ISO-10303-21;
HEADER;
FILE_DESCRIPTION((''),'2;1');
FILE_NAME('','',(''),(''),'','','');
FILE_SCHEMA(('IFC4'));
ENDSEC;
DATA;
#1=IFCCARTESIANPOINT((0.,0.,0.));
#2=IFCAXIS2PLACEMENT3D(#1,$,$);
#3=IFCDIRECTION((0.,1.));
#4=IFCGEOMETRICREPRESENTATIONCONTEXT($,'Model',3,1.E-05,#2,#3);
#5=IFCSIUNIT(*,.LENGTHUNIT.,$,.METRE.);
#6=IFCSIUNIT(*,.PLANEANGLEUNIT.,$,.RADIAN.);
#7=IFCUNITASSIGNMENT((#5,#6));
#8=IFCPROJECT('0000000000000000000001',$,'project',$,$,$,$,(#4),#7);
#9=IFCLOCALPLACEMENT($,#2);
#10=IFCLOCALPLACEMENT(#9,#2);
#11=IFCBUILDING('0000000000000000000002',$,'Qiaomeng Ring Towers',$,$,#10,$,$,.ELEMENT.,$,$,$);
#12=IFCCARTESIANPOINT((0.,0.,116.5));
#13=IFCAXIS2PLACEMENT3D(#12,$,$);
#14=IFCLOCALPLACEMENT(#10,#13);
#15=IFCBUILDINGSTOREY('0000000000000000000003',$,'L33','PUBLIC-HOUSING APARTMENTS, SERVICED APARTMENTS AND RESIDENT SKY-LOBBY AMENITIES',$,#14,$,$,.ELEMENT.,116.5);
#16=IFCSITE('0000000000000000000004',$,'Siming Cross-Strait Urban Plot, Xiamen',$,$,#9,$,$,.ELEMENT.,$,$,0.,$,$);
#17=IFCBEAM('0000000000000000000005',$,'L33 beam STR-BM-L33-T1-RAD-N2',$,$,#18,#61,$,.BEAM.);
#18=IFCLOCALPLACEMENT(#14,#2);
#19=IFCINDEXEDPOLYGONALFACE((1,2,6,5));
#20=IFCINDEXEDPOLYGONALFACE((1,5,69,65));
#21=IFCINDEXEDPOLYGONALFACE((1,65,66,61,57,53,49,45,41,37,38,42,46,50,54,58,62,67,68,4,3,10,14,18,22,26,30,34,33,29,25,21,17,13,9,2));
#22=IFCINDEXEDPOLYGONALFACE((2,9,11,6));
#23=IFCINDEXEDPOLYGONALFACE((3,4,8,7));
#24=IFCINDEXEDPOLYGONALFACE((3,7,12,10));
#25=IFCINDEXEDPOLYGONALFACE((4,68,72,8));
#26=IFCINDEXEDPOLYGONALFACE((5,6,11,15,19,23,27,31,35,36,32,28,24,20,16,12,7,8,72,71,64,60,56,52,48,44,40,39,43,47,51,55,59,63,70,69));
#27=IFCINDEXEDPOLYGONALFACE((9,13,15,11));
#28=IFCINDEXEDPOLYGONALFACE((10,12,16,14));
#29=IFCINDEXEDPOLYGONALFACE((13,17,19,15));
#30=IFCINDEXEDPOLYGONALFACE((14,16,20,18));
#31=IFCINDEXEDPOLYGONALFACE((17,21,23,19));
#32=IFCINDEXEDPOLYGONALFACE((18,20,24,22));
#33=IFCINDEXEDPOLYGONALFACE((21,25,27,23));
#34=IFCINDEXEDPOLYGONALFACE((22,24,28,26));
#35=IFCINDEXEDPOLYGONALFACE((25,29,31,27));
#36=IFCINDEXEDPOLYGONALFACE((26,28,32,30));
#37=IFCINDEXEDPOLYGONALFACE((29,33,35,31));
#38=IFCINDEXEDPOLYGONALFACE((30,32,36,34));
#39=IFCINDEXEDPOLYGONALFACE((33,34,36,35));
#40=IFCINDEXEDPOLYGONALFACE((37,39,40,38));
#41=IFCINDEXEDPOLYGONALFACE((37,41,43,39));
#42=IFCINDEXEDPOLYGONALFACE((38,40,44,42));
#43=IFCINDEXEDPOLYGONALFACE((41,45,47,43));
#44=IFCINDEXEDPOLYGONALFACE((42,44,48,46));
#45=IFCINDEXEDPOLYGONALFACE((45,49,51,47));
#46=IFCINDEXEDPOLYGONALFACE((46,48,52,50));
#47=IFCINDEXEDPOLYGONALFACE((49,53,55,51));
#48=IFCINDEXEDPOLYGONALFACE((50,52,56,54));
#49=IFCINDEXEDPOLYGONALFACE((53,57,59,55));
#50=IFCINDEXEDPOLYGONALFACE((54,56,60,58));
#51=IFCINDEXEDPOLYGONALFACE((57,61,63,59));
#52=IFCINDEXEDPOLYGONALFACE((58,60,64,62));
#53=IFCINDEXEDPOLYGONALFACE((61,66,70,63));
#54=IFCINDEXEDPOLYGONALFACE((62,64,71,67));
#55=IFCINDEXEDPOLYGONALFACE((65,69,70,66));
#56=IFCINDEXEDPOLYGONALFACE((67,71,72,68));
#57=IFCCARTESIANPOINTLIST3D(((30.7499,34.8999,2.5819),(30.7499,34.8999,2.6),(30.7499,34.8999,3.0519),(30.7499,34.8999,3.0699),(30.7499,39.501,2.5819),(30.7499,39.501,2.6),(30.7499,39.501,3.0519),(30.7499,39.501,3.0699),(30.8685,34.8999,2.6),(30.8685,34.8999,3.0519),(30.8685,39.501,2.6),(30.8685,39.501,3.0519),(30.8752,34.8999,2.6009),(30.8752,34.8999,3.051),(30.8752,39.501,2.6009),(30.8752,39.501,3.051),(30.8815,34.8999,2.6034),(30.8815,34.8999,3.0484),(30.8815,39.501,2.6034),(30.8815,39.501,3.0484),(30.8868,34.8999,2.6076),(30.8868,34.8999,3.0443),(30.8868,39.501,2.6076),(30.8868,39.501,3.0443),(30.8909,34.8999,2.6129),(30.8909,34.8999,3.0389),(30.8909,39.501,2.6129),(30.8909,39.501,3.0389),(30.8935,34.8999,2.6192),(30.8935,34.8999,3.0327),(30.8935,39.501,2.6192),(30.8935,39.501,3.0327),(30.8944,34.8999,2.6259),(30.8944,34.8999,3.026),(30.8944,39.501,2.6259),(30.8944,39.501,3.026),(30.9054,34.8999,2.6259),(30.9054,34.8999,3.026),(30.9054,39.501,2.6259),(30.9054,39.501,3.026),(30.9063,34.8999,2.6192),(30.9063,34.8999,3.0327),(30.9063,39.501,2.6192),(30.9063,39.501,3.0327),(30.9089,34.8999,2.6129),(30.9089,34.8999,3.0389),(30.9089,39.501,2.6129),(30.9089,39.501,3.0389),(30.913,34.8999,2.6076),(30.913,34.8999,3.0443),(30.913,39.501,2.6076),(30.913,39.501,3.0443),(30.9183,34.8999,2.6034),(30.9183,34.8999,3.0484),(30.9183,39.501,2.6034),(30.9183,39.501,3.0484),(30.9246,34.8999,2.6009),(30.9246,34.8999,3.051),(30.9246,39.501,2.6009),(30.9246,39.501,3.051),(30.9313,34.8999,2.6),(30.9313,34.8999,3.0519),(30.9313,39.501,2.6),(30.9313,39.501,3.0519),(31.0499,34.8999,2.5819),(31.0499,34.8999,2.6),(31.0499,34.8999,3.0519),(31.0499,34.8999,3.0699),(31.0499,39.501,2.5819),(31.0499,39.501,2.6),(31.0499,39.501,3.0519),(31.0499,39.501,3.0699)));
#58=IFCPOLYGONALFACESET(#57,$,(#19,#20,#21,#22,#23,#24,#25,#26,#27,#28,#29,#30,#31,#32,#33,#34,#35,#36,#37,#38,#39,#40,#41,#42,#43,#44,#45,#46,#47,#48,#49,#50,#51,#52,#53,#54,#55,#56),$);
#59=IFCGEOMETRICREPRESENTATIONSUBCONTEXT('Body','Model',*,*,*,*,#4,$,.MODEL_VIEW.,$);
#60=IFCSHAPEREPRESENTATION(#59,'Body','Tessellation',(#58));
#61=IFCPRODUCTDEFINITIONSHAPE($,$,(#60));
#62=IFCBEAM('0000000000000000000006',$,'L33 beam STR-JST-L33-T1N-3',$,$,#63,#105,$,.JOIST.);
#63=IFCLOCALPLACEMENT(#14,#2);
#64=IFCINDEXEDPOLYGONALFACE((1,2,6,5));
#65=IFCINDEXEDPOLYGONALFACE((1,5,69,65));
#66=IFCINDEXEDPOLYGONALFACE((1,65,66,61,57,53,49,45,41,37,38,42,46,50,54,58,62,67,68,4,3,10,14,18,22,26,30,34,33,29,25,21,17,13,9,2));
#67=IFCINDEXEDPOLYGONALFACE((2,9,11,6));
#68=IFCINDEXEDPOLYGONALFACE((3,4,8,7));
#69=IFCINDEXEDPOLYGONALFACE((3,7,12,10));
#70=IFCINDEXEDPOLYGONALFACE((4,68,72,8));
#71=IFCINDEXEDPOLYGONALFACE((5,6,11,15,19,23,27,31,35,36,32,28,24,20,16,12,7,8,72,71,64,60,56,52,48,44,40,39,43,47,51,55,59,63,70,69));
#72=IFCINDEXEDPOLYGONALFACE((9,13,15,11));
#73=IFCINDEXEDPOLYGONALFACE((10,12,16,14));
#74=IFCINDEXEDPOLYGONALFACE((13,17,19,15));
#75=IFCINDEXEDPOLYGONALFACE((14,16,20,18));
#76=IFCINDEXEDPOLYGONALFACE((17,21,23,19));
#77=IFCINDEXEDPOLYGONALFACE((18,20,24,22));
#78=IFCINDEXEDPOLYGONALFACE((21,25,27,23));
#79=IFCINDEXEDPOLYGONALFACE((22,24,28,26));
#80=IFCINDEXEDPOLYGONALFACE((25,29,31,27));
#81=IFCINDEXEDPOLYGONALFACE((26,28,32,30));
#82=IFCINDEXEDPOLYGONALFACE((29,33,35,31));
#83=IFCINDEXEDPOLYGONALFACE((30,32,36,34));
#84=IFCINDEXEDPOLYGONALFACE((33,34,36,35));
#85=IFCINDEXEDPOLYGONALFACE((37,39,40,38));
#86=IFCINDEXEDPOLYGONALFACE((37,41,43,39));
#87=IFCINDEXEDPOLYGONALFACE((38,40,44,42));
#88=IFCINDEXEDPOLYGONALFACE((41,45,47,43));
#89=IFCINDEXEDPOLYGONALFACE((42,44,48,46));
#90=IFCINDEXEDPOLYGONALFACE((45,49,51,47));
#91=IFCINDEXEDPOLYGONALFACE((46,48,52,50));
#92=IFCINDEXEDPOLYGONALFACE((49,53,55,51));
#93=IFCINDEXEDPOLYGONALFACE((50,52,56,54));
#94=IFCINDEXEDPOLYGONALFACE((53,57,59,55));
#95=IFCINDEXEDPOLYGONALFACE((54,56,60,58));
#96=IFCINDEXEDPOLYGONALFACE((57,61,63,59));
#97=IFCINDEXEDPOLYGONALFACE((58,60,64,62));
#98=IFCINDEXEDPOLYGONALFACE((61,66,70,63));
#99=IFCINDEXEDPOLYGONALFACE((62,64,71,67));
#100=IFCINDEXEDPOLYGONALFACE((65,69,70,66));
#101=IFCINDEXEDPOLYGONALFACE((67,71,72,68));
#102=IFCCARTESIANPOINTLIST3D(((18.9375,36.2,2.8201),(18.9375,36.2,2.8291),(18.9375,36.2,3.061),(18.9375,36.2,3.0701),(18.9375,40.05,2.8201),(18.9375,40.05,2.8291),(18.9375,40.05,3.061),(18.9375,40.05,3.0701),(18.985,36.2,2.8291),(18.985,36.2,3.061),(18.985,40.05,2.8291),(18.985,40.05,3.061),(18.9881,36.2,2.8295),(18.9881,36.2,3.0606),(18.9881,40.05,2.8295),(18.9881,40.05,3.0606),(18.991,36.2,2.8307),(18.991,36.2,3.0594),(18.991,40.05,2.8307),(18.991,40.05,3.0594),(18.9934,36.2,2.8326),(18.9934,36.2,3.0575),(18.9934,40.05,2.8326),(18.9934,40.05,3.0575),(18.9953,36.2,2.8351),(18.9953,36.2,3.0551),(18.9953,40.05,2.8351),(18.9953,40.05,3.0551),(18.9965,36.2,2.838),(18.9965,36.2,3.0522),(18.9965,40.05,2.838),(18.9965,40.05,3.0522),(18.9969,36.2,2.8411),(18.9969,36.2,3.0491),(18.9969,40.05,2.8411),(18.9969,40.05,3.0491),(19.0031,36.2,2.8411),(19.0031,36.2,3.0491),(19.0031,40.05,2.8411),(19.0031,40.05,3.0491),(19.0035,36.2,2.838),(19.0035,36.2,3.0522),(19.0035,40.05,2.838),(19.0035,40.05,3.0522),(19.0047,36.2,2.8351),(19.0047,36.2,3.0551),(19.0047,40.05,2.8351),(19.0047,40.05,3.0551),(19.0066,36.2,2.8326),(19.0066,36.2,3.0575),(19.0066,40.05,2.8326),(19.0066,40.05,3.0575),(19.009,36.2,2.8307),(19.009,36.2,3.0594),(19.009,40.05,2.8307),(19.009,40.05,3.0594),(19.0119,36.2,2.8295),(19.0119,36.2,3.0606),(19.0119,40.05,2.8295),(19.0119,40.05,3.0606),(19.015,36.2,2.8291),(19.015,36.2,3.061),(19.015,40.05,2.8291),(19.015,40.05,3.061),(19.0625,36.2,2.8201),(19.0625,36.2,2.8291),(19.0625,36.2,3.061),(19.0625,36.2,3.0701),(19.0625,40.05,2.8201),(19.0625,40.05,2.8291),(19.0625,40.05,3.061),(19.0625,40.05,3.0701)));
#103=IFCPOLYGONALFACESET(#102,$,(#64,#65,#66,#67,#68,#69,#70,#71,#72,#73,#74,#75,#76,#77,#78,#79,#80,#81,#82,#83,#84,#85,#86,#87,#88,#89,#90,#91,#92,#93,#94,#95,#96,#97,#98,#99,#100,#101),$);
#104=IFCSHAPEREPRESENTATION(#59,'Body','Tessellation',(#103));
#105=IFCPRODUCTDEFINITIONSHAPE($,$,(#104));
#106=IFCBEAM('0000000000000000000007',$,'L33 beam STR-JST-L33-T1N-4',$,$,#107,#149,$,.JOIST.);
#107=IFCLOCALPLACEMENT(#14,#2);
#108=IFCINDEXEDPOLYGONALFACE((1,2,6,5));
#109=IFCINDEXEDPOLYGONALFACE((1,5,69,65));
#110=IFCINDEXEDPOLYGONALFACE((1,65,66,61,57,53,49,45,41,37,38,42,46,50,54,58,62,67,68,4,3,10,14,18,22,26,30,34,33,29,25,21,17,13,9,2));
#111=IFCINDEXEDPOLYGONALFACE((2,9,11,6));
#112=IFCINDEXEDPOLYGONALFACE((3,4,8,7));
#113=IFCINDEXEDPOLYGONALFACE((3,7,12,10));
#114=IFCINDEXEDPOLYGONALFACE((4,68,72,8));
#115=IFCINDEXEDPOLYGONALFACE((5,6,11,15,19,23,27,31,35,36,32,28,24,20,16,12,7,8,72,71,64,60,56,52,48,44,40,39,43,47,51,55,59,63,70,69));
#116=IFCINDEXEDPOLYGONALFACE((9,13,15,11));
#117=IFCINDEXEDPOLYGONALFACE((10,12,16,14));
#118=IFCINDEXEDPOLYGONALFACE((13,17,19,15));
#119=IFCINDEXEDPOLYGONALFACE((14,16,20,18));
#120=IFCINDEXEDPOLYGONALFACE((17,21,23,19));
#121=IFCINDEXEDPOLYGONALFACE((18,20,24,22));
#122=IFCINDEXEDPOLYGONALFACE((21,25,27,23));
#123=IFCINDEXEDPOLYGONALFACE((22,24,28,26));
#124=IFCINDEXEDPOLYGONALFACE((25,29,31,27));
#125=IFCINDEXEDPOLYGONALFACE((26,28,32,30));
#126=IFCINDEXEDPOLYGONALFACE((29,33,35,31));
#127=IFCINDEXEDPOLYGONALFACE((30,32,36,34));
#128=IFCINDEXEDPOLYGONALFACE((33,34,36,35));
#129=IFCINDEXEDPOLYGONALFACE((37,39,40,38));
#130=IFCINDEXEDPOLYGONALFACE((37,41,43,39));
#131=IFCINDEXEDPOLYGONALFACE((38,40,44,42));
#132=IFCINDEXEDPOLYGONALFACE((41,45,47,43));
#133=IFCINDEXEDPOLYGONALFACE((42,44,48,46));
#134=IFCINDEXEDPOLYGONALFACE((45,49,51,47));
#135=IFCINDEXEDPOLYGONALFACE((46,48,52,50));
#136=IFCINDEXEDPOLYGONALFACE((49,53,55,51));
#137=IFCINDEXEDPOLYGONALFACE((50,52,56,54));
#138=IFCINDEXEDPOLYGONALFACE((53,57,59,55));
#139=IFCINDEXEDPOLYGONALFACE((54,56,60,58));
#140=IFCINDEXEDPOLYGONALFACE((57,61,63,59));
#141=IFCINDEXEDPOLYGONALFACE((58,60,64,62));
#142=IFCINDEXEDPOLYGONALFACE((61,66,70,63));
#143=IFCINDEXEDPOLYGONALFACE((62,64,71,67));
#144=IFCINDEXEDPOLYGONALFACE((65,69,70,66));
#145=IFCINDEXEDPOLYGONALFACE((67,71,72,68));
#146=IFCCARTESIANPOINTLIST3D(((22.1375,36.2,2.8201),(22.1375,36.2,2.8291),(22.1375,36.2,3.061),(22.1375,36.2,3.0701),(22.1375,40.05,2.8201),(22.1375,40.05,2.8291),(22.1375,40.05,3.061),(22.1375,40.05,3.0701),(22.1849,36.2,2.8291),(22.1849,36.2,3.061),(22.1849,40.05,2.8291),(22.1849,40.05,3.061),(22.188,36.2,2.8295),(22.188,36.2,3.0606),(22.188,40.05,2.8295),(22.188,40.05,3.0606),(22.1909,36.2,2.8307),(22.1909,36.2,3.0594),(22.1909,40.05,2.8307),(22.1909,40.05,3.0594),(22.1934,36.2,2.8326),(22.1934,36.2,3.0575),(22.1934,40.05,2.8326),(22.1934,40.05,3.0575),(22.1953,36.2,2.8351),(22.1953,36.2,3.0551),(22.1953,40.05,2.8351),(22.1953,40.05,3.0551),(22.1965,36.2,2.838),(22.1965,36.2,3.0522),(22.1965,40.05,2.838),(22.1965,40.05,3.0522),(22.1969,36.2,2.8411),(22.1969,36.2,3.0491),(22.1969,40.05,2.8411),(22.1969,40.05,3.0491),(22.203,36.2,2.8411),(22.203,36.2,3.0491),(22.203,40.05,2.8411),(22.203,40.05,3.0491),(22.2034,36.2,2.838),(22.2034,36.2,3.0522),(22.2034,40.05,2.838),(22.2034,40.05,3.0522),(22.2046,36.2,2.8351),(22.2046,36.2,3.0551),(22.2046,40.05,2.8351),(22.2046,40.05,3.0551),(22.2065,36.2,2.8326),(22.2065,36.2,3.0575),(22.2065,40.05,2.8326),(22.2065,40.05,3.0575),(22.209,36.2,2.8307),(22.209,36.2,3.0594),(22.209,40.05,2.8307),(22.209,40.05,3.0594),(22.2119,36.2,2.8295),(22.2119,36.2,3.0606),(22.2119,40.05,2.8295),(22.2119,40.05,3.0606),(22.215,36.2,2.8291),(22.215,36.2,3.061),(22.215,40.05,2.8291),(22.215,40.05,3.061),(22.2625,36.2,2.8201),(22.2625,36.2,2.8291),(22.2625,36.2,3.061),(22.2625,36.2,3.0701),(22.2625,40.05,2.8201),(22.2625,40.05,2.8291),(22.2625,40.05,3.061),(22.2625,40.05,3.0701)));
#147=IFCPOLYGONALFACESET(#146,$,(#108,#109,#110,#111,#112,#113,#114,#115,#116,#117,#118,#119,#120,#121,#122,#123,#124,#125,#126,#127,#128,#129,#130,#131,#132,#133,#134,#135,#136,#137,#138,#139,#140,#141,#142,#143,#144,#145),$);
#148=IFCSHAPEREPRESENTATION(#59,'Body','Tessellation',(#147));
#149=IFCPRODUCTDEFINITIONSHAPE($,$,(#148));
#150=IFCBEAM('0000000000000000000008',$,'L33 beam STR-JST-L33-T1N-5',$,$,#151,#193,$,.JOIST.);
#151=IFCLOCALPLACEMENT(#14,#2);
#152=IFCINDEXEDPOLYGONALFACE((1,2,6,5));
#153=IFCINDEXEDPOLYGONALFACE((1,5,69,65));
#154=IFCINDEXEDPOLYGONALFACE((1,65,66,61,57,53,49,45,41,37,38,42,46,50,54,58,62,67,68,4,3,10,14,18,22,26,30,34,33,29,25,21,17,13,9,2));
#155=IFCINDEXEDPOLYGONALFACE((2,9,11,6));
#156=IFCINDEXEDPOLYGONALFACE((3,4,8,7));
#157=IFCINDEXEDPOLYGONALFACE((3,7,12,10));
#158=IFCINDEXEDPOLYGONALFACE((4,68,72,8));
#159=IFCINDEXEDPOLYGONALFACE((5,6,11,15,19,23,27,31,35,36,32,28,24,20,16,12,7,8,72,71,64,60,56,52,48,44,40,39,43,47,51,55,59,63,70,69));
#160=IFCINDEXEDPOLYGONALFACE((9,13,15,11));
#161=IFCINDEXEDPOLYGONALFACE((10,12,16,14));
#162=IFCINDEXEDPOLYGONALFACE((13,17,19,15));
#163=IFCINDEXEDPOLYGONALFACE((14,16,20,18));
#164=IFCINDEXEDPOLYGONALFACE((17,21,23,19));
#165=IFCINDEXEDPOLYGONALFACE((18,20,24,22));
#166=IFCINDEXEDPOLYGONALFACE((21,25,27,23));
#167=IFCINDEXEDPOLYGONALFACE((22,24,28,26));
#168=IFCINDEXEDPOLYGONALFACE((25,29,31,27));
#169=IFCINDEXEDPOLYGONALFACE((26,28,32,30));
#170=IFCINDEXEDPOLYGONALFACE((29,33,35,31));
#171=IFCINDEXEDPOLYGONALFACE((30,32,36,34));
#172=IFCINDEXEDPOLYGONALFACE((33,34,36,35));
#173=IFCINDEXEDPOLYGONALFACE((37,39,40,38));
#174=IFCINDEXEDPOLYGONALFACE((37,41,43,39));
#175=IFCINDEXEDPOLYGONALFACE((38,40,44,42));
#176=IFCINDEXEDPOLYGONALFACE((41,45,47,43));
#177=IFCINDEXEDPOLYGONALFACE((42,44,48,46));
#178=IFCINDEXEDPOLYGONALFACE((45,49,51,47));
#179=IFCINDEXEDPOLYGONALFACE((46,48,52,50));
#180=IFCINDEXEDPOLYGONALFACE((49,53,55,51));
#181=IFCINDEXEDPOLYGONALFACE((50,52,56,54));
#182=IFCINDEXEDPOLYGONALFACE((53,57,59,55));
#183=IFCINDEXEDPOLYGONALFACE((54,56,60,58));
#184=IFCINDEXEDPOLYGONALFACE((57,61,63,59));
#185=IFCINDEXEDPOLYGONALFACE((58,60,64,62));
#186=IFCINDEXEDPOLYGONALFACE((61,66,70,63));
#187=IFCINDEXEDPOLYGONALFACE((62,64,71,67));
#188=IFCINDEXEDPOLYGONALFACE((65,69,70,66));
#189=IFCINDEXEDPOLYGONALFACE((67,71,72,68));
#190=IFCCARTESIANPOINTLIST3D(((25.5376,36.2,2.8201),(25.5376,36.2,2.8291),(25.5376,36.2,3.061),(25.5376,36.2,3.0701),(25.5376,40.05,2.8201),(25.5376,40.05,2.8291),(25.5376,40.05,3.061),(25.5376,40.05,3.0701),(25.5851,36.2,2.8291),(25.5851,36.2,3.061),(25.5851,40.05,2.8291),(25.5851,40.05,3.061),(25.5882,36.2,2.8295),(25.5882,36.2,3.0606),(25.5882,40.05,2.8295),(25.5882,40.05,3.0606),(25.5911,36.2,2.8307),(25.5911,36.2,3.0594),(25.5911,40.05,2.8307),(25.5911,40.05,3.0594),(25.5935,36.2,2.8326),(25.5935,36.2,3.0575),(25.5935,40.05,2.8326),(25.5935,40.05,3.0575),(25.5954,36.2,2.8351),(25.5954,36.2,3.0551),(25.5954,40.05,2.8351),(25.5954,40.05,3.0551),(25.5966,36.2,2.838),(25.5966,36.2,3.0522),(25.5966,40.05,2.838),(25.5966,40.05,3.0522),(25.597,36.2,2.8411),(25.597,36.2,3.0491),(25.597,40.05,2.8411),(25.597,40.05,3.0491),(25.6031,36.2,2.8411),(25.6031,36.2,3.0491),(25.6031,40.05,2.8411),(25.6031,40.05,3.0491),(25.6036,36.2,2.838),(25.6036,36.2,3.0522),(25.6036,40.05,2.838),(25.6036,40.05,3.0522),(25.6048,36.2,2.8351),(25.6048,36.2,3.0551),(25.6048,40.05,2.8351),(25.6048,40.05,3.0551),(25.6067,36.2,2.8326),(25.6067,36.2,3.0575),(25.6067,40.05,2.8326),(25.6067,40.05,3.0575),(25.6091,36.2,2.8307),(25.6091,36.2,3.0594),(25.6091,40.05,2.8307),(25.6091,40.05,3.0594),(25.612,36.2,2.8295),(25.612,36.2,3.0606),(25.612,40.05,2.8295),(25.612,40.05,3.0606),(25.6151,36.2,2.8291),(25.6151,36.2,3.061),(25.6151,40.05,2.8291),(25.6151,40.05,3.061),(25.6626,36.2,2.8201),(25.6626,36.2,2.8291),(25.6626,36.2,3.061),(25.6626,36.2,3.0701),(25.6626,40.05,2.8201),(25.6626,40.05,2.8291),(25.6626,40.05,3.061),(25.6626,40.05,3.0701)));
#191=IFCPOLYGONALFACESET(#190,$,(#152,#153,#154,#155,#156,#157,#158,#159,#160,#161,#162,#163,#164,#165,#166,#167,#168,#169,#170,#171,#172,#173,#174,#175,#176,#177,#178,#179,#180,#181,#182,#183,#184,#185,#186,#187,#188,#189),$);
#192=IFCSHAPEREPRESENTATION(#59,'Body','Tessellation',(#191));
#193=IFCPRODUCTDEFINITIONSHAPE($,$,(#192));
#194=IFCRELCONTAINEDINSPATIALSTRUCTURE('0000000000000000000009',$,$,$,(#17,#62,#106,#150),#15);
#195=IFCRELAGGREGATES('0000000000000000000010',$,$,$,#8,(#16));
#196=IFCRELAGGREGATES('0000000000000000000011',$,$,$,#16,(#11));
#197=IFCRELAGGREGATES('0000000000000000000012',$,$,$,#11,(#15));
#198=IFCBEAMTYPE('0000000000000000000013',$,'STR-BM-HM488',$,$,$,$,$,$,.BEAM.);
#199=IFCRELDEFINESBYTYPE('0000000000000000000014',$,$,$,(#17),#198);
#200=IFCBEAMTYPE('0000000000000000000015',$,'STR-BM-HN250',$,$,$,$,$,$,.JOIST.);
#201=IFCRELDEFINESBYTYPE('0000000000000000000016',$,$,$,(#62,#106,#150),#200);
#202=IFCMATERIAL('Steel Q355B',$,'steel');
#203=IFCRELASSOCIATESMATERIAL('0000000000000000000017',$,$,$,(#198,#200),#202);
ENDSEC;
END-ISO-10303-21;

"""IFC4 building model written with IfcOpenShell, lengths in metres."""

from ifc_helpers import new_model, si_unit, direction, frame, origin, origin_2d, place, context, subcontext, project, spatial, i_section, extrude, source, transform, mapped, material, material_profile, profile_set, type_object, element, save


model = new_model("IFC4")

# Units and contexts
model_context = context("Model", 3, precision=1e-05, world=origin(), true_north=direction((0.0, 1.0)))
body_context = subcontext(model_context, "Body", "Model", "MODEL_VIEW")
ifc_project = project(units=[si_unit("LENGTHUNIT", "METRE"), si_unit("PLANEANGLEUNIT", "RADIAN")], contexts=[model_context])

# Site, building, storey
site_placement = place(None, origin())
site = spatial("IfcSite", under=ifc_project, at=site_placement, Name="Siming Cross-Strait Urban Plot, Xiamen", CompositionType="ELEMENT", RefElevation=0.0)
building_placement = place(site_placement, origin())
building = spatial("IfcBuilding", under=site, at=building_placement, Name="Qiaomeng Ring Towers", CompositionType="ELEMENT")
storey_placement = place(building_placement, frame((0.0, 0.0, 116.5)))
storey = spatial("IfcBuildingStorey", under=building, at=storey_placement, Name="L33", Description="PUBLIC-HOUSING APARTMENTS, SERVICED APARTMENTS AND RESIDENT SKY-LOBBY AMENITIES", CompositionType="ELEMENT", Elevation=116.5)

# Beams
ifc_material_1 = material(Name="Steel Q355B", Category="steel")
ifc_material_profile_1 = material_profile(ifc_material_1, i_section(OverallWidth=0.3, OverallDepth=0.488, WebThickness=0.011, FlangeThickness=0.0181, FilletRadius=0.0259, at=origin_2d()), Name="HM 488x300x11x18")
ifc_profile_set_1 = profile_set([ifc_material_profile_1], Name="Steel Q355B")
beam_type_1 = type_object("IfcBeamType", Name="STR-BM-HM488", PredefinedType="BEAM", material=ifc_profile_set_1)
shared_shape_1 = source(origin(), body_context, "Body", "SweptSolid", [
    extrude(i_section(OverallWidth=0.3, OverallDepth=0.488, WebThickness=0.011, FlangeThickness=0.0181, FilletRadius=0.0259, at=origin_2d()), origin(), (0.0, 0.0, 1.0), 4.6011),
])
beam_1_placement = place(storey_placement, frame((30.8999, 39.501, 2.8259), z_axis=(0.0, -1.0, 0.0), x_axis=(1.0, 0.0, 0.0)))
element("IfcBeam", 1, at=beam_1_placement, inside=storey, type_object=beam_type_1, Name="L33 beam STR-BM-L33-T1-RAD-N2", PredefinedType="BEAM", context=body_context, shape_type="MappedRepresentation", body=[
    mapped(shared_shape_1, transform((0.0, 0.0, 0.0), x_axis=(1.0, 0.0, 0.0), y_axis=(0.0, 1.0, 0.0), z_axis=(0.0, 0.0, 1.0), scale=1.0)),
])
ifc_material_profile_2 = material_profile(ifc_material_1, i_section(OverallWidth=0.125, OverallDepth=0.25, WebThickness=0.0061, FlangeThickness=0.009, FilletRadius=0.012, at=origin_2d()), Name="HN 250x125x6x9")
ifc_profile_set_2 = profile_set([ifc_material_profile_2], Name="Steel Q355B")
beam_type_2 = type_object("IfcBeamType", Name="STR-BM-HN250", PredefinedType="JOIST", material=ifc_profile_set_2)
shared_shape_2 = source(origin(), body_context, "Body", "SweptSolid", [
    extrude(i_section(OverallWidth=0.125, OverallDepth=0.25, WebThickness=0.0061, FlangeThickness=0.009, FilletRadius=0.012, at=origin_2d()), origin(), (0.0, 0.0, 1.0), 3.8501),
])
for number, where, z_axis, x_axis, name in (
    (2, (19.0, 36.2, 2.9451), (0.0, 1.0, 0.0), (-1.0, 0.0, 0.0), "L33 beam STR-JST-L33-T1N-3"),
    (3, (22.2, 36.2, 2.9451), (0.0, 1.0, 0.0), (-1.0, 0.0, 0.0), "L33 beam STR-JST-L33-T1N-4"),
    (4, (25.6001, 36.2, 2.9451), (0.0, 1.0, 0.0), (-1.0, 0.0, 0.0), "L33 beam STR-JST-L33-T1N-5"),
):
    element("IfcBeam", number, at=place(storey_placement, frame(where, z_axis=z_axis, x_axis=x_axis)), inside=storey, type_object=beam_type_2, Name=name, PredefinedType="JOIST", context=body_context, shape_type="MappedRepresentation", body=[
        mapped(shared_shape_2, transform((0.0, 0.0, 0.0), x_axis=(1.0, 0.0, 0.0), y_axis=(0.0, 1.0, 0.0), z_axis=(0.0, 0.0, 1.0), scale=1.0)),
    ])

save(model, "model.ifc")
